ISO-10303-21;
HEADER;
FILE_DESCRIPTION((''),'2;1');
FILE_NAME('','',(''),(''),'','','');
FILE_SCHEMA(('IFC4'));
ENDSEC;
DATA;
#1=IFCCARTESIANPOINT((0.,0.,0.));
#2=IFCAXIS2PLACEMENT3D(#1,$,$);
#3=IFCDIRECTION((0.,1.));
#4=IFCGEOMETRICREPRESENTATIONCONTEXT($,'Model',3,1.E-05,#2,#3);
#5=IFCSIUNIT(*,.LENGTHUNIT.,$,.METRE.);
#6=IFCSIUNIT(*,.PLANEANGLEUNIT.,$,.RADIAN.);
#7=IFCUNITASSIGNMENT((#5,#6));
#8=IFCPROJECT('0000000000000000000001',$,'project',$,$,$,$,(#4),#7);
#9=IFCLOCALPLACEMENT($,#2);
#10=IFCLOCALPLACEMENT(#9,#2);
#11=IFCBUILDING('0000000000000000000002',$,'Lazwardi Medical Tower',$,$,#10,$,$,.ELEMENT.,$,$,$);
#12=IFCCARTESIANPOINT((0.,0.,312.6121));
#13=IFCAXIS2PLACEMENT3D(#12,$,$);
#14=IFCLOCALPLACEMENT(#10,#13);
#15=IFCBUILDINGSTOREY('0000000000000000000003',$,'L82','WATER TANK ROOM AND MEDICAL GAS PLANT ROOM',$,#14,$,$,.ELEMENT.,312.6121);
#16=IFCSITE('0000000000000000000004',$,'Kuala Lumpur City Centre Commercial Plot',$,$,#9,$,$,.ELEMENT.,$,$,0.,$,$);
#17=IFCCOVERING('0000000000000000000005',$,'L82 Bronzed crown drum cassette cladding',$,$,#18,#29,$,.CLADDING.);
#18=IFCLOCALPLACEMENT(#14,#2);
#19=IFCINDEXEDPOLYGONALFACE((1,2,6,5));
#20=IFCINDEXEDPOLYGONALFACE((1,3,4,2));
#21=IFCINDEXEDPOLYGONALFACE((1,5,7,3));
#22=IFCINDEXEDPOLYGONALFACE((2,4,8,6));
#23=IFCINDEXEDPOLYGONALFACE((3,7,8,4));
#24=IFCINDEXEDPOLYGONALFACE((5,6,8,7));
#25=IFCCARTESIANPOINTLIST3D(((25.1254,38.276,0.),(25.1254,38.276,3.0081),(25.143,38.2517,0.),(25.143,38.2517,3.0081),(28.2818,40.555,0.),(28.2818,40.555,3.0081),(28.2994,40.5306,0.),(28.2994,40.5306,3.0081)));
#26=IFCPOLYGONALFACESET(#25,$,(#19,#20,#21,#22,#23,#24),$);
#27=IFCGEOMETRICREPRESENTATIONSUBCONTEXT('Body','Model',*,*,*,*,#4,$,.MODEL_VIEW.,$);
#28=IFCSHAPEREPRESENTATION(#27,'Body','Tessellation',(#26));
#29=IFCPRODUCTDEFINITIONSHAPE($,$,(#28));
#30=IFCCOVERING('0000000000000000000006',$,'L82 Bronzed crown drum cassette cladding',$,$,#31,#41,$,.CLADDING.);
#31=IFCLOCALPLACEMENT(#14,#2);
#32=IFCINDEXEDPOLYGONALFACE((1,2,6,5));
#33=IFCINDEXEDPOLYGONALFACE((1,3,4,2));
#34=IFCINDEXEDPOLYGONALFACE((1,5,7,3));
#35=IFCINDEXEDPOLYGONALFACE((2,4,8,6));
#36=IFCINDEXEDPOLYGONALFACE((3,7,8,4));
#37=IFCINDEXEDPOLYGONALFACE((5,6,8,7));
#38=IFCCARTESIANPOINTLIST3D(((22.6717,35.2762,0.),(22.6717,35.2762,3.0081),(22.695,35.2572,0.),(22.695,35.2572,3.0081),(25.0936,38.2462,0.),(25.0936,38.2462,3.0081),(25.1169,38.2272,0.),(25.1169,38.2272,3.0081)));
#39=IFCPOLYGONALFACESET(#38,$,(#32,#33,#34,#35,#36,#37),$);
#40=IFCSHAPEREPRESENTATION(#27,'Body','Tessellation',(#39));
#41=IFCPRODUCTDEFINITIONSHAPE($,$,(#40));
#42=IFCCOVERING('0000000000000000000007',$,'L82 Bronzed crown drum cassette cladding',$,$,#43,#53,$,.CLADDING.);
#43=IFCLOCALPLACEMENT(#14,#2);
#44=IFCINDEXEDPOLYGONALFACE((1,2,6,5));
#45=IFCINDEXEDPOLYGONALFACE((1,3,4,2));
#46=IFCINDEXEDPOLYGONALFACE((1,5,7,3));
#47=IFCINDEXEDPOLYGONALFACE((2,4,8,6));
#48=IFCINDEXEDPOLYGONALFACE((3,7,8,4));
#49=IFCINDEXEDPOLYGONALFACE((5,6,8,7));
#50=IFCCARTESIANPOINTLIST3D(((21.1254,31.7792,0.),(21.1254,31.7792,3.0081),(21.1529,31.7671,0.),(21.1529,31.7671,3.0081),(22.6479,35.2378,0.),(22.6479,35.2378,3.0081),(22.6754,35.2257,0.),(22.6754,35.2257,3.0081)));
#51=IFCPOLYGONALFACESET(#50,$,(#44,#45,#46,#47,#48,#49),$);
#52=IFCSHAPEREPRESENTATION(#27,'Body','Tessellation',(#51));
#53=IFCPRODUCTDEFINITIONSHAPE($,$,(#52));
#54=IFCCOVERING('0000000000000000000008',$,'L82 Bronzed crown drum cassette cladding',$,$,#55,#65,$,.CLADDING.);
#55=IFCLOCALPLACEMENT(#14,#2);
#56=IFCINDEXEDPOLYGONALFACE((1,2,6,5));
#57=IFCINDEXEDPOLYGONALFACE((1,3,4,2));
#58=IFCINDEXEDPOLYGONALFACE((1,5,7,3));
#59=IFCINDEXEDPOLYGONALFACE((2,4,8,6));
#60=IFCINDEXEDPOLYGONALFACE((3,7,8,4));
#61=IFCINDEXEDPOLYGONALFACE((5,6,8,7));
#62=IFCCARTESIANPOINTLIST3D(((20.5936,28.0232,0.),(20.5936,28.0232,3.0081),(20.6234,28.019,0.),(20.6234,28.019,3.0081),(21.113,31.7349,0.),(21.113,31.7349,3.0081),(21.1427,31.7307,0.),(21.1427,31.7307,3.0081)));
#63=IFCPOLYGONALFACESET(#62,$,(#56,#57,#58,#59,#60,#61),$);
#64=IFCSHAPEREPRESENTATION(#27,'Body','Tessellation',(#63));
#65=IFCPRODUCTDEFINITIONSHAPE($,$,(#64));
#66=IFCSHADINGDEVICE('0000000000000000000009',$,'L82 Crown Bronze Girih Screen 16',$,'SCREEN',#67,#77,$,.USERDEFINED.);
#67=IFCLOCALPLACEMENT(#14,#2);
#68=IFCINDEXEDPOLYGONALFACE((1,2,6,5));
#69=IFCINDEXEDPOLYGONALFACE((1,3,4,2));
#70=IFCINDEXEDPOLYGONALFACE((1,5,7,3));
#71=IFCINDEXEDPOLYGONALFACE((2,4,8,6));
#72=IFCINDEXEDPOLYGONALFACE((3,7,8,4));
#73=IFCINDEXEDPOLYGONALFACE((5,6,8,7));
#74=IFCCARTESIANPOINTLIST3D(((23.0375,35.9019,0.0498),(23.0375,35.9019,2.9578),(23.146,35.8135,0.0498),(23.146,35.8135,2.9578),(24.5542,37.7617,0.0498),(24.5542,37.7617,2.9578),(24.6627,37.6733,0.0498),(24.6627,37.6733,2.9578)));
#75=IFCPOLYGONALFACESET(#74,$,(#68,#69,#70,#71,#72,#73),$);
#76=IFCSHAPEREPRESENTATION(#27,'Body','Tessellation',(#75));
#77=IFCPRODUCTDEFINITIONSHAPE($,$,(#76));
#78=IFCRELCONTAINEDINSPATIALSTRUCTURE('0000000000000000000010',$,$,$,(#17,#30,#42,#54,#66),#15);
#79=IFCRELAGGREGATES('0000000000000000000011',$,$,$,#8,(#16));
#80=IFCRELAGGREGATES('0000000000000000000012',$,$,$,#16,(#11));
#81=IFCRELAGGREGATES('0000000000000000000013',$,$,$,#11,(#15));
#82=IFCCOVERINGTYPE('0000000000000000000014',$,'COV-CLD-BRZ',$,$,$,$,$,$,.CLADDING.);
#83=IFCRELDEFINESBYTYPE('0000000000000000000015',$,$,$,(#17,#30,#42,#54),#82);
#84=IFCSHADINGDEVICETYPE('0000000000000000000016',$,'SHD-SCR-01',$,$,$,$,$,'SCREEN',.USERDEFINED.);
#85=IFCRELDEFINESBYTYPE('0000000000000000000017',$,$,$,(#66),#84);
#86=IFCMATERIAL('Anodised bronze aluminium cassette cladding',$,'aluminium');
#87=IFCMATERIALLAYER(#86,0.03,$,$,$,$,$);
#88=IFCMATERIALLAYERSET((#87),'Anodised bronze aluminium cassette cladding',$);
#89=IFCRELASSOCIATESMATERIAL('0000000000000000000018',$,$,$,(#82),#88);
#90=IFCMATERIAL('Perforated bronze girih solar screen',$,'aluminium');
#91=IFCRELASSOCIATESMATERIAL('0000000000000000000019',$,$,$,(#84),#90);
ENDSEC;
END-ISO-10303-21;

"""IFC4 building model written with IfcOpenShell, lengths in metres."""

from ifc_helpers import new_model, si_unit, direction, frame, origin, origin_2d, place, context, subcontext, project, spatial, rectangle, extrude, material, layer, layer_set, type_object, element, save


model = new_model("IFC4")

# Units and contexts
model_context = context("Model", 3, precision=1e-05, world=origin(), true_north=direction((0.0, 1.0)))
body_context = subcontext(model_context, "Body", "Model", "MODEL_VIEW")
ifc_project = project(units=[si_unit("LENGTHUNIT", "METRE"), si_unit("PLANEANGLEUNIT", "RADIAN")], contexts=[model_context])

# Site, building, storey
site_placement = place(None, origin())
site = spatial("IfcSite", under=ifc_project, at=site_placement, Name="Kuala Lumpur City Centre Commercial Plot", CompositionType="ELEMENT", RefElevation=0.0)
building_placement = place(site_placement, origin())
building = spatial("IfcBuilding", under=site, at=building_placement, Name="Lazwardi Medical Tower", CompositionType="ELEMENT")
storey_placement = place(building_placement, frame((0.0, 0.0, 312.6121)))
storey = spatial("IfcBuildingStorey", under=building, at=storey_placement, Name="L82", Description="WATER TANK ROOM AND MEDICAL GAS PLANT ROOM", CompositionType="ELEMENT", Elevation=312.6121)

# Coverings
ifc_material_1 = material(Name="Anodised bronze aluminium cassette cladding", Category="aluminium")
ifc_layer_1 = layer(ifc_material_1, 0.03)
ifc_layer_set_1 = layer_set([ifc_layer_1], Name="Anodised bronze aluminium cassette cladding")
covering_type = type_object("IfcCoveringType", Name="COV-CLD-BRZ", PredefinedType="CLADDING", material=ifc_layer_set_1)
covering_1_placement = place(storey_placement, frame((26.7124, 39.4033, 0.0), z_axis=(0.0, 0.0, 1.0), x_axis=(-0.810758, -0.585381, 0.0)))
element("IfcCovering", 1, at=covering_1_placement, inside=storey, type_object=covering_type, Name="L82 Bronzed crown drum cassette cladding", PredefinedType="CLADDING", context=body_context, shape_type="SweptSolid", body=[
    extrude(rectangle(XDim=3.8931, YDim=0.03, at=origin_2d()), origin(), (0.0, 0.0, 1.0), 3.0081),
])
covering_2_placement = place(storey_placement, frame((23.8943, 36.7517, 0.0), z_axis=(0.0, 0.0, 1.0), x_axis=(-0.631983, -0.774982, 0.0)))
element("IfcCovering", 2, at=covering_2_placement, inside=storey, type_object=covering_type, Name="L82 Bronzed crown drum cassette cladding", PredefinedType="CLADDING", context=body_context, shape_type="SweptSolid", body=[
    extrude(rectangle(XDim=3.8323, YDim=0.03, at=origin_2d()), origin(), (0.0, 0.0, 1.0), 3.0081),
])
covering_3_placement = place(storey_placement, frame((21.9004, 33.5024, 0.0), z_axis=(0.0, 0.0, 1.0), x_axis=(-0.402906, -0.915241, 0.0)))
element("IfcCovering", 3, at=covering_3_placement, inside=storey, type_object=covering_type, Name="L82 Bronzed crown drum cassette cladding", PredefinedType="CLADDING", context=body_context, shape_type="SweptSolid", body=[
    extrude(rectangle(XDim=3.7788, YDim=0.03, at=origin_2d()), origin(), (0.0, 0.0, 1.0), 3.0081),
])
covering_4_placement = place(storey_placement, frame((20.8682, 29.877, 0.0), z_axis=(0.0, 0.0, 1.0), x_axis=(-0.138566, -0.990353, 0.0)))
element("IfcCovering", 4, at=covering_4_placement, inside=storey, type_object=covering_type, Name="L82 Bronzed crown drum cassette cladding", PredefinedType="CLADDING", context=body_context, shape_type="SweptSolid", body=[
    extrude(rectangle(XDim=3.7478, YDim=0.03, at=origin_2d()), origin(), (0.0, 0.0, 1.0), 3.0081),
])

# Shading device
ifc_material_2 = material(Name="Perforated bronze girih solar screen", Category="aluminium")
shading_device_type = type_object("IfcShadingDeviceType", Name="SHD-SCR-01", ElementType="SCREEN", PredefinedType="USERDEFINED", material=ifc_material_2)
shading_device_placement = place(storey_placement, frame((23.8501, 36.7876, 0.0498), z_axis=(0.0, 0.0, 1.0), x_axis=(-0.631983, -0.774982, 0.0)))
element("IfcShadingDevice", 5, at=shading_device_placement, inside=storey, type_object=shading_device_type, Name="L82 Crown Bronze Girih Screen 16", ObjectType="SCREEN", PredefinedType="USERDEFINED", context=body_context, shape_type="SweptSolid", body=[
    extrude(rectangle(XDim=2.3999, YDim=0.1399, at=origin_2d()), origin(), (0.0, 0.0, 1.0), 2.908),
])

save(model, "model.ifc")
